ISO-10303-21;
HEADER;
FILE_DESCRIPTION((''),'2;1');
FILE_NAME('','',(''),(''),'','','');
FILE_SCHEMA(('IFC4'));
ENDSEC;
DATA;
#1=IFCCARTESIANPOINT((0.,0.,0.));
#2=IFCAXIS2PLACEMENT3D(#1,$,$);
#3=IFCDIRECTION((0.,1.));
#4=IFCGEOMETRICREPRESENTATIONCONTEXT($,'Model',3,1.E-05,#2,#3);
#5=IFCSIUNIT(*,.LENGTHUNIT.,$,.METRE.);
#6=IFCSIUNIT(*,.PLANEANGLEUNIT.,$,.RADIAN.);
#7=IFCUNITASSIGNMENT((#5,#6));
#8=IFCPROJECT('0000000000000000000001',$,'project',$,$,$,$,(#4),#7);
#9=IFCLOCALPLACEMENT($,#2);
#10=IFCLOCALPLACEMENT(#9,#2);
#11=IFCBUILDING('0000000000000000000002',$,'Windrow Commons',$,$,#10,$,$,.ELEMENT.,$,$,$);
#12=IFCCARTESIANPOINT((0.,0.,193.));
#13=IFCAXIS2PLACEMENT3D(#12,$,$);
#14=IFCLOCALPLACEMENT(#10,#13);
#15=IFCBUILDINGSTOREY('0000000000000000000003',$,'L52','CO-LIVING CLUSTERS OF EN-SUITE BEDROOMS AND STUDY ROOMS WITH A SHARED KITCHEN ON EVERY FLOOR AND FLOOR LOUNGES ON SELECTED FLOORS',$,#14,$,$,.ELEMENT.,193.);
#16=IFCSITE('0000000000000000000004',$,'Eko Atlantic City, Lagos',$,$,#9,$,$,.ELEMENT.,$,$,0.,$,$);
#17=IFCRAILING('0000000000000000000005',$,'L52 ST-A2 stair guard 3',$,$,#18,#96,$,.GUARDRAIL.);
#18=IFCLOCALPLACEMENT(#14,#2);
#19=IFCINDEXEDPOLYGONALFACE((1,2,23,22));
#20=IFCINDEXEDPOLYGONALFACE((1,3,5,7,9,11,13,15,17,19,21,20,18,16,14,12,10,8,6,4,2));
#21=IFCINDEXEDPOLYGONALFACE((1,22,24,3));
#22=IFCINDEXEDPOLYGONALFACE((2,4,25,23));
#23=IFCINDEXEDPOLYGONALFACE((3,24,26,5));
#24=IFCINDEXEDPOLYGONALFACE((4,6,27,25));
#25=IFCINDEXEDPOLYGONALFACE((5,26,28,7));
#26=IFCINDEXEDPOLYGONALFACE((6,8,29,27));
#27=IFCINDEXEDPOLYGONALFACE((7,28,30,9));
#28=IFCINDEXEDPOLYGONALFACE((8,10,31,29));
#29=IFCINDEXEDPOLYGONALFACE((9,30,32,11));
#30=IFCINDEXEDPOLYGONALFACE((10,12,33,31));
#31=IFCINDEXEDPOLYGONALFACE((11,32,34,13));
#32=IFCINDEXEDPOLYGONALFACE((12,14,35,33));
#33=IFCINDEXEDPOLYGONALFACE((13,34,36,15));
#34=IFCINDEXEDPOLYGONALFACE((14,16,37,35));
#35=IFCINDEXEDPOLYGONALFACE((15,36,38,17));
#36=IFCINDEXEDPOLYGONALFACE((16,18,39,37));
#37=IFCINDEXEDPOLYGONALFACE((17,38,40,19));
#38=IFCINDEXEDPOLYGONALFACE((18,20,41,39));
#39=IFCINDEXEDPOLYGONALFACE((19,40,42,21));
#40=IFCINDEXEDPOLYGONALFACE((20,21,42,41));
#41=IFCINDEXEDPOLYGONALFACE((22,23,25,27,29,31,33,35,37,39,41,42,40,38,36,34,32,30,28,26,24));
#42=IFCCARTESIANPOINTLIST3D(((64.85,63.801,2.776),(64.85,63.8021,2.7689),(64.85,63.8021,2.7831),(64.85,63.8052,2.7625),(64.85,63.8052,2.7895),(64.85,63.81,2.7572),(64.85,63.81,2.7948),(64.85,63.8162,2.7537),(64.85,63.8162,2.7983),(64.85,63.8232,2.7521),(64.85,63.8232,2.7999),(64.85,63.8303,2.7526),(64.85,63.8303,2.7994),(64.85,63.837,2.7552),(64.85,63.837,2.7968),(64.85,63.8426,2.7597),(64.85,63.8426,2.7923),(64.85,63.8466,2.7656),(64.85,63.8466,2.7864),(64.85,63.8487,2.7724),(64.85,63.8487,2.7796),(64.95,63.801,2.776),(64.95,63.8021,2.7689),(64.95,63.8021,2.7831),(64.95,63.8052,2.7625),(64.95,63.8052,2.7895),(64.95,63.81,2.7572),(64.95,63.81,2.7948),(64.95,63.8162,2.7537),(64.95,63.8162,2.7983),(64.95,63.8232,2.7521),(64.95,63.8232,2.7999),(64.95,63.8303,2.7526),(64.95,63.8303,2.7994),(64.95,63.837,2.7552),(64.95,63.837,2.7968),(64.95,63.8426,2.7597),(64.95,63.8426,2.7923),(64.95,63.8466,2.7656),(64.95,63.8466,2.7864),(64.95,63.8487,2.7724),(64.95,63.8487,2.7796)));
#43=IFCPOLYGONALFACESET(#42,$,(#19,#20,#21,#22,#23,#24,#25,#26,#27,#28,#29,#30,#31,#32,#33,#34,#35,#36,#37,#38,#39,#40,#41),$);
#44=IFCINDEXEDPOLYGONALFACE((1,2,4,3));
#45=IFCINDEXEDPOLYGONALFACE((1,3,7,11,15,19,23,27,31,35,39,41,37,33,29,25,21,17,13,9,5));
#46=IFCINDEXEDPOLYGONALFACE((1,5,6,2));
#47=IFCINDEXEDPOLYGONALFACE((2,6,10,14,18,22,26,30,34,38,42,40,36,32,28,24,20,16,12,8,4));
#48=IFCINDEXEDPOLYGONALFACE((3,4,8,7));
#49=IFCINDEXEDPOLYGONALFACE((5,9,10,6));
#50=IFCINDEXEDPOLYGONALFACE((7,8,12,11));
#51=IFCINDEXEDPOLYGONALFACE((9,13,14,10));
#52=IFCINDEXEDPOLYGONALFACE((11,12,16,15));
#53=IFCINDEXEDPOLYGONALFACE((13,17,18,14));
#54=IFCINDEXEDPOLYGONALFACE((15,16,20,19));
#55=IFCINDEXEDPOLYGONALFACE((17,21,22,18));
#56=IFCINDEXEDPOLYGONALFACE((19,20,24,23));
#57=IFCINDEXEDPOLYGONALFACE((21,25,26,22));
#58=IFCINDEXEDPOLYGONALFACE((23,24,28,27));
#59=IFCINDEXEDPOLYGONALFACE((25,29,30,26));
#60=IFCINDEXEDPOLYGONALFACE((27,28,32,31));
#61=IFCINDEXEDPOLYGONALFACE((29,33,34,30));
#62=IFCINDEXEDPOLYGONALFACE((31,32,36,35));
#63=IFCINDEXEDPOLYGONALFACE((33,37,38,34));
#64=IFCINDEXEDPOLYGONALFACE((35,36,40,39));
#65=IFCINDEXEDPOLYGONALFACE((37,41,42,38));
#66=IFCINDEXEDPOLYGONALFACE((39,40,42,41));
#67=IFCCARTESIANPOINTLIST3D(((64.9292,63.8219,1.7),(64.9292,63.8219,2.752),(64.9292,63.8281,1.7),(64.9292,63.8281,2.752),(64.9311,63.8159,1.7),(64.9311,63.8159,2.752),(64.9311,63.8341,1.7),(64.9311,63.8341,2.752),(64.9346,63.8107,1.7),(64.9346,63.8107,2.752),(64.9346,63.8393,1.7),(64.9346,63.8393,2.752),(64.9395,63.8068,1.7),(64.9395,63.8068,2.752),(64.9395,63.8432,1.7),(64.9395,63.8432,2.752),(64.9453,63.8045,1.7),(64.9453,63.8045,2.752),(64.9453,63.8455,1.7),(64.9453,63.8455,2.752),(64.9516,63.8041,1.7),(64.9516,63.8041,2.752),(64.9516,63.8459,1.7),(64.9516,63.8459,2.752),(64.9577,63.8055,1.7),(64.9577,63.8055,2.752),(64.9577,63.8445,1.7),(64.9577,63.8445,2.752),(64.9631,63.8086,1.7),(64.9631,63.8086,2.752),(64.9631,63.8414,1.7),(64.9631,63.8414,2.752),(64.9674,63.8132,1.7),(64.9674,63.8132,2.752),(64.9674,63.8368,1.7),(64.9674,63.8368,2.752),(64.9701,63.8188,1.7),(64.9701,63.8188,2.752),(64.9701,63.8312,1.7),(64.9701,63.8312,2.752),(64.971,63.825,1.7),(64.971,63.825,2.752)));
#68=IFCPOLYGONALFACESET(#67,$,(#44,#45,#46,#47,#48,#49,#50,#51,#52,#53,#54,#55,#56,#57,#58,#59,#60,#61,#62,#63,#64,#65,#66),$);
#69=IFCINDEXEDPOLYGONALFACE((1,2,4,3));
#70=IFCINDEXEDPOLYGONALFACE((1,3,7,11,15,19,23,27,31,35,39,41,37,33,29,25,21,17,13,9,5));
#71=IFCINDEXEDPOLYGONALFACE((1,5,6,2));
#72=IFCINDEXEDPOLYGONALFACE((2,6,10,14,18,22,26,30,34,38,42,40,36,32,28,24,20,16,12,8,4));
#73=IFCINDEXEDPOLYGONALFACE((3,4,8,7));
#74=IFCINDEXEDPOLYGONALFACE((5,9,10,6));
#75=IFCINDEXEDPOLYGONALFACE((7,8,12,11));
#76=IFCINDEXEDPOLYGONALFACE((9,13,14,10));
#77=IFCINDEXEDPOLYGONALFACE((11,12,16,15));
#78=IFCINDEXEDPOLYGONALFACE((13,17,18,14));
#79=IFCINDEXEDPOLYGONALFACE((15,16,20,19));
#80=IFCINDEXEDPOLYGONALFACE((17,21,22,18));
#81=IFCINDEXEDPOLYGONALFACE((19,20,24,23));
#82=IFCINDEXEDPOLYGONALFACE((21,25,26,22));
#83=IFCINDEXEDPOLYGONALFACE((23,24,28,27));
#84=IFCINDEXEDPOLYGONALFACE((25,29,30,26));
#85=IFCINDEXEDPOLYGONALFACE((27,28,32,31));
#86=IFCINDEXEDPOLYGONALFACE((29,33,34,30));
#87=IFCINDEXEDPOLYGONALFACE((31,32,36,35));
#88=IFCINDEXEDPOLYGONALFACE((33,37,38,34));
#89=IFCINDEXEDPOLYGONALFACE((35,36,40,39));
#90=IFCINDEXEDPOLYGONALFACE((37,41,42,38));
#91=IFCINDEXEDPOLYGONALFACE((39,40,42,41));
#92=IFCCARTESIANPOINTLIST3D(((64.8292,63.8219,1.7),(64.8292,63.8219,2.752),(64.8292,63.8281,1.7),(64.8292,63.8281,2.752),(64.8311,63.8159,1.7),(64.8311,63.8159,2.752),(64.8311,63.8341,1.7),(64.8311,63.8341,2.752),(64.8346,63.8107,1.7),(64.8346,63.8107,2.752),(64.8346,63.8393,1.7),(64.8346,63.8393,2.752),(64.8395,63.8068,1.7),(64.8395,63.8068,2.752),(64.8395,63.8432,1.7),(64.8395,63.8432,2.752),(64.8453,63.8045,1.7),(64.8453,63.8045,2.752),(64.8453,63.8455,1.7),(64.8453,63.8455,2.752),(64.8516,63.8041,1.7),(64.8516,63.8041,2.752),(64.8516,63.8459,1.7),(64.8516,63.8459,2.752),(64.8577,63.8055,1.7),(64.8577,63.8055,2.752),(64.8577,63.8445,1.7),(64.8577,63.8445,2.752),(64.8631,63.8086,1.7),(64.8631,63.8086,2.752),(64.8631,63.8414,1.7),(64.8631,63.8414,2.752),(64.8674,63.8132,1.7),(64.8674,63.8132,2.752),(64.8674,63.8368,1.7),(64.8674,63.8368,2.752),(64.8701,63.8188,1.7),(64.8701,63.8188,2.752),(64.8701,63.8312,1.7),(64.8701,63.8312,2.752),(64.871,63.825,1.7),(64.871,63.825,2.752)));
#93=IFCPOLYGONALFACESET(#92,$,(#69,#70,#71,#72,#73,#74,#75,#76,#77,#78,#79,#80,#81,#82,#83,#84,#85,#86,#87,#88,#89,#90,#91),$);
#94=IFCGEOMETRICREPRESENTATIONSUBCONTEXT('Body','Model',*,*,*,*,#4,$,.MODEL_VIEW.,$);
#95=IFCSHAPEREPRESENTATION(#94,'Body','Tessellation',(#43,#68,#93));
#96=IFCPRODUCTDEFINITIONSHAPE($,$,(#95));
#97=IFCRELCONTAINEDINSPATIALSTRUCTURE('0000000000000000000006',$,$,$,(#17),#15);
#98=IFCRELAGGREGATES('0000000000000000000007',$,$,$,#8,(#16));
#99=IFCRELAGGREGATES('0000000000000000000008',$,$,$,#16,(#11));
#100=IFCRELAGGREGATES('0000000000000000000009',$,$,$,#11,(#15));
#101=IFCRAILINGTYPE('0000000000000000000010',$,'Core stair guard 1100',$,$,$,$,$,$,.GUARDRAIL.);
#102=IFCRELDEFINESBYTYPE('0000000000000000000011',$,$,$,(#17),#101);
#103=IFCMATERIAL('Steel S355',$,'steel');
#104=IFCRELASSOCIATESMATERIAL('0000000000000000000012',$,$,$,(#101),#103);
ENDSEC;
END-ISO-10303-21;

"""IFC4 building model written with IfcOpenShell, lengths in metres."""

from ifc_helpers import new_model, si_unit, direction, frame, origin, origin_2d, place, context, subcontext, project, spatial, circle, extrude, material, type_object, element, save


model = new_model("IFC4")

# Units and contexts
model_context = context("Model", 3, precision=1e-05, world=origin(), true_north=direction((0.0, 1.0)))
body_context = subcontext(model_context, "Body", "Model", "MODEL_VIEW")
ifc_project = project(units=[si_unit("LENGTHUNIT", "METRE"), si_unit("PLANEANGLEUNIT", "RADIAN")], contexts=[model_context])

# Site, building, storey
site_placement = place(None, origin())
site = spatial("IfcSite", under=ifc_project, at=site_placement, Name="Eko Atlantic City, Lagos", CompositionType="ELEMENT", RefElevation=0.0)
building_placement = place(site_placement, origin())
building = spatial("IfcBuilding", under=site, at=building_placement, Name="Windrow Commons", CompositionType="ELEMENT")
storey_placement = place(building_placement, frame((0.0, 0.0, 193.0)))
storey = spatial("IfcBuildingStorey", under=building, at=storey_placement, Name="L52", Description="CO-LIVING CLUSTERS OF EN-SUITE BEDROOMS AND STUDY ROOMS WITH A SHARED KITCHEN ON EVERY FLOOR AND FLOOR LOUNGES ON SELECTED FLOORS", CompositionType="ELEMENT", Elevation=193.0)

# Railing
ifc_material_1 = material(Name="Steel S355", Category="steel")
railing_type_1 = type_object("IfcRailingType", Name="Core stair guard 1100", PredefinedType="GUARDRAIL", material=ifc_material_1)
railing_1_placement = place(storey_placement, frame((64.95, 63.825, 1.7)))
element("IfcRailing", 1, at=railing_1_placement, inside=storey, type_object=railing_type_1, Name="L52 ST-A2 stair guard 3", PredefinedType="GUARDRAIL", context=body_context, shape_type="SweptSolid", body=[
    extrude(circle(Radius=0.024, at=origin_2d()), frame((0.0, 0.0, 1.076), z_axis=(-1.0, 0.0, 0.0), x_axis=(0.0, -1.0, 0.0)), (0.0, 0.0, 1.0), 0.1),
    extrude(circle(Radius=0.021, at=origin_2d()), origin(), (0.0, 0.0, 1.0), 1.052),
    extrude(circle(Radius=0.021, at=origin_2d()), frame((-0.1, 0.0, 0.0)), (0.0, 0.0, 1.0), 1.052),
])

save(model, "model.ifc")
